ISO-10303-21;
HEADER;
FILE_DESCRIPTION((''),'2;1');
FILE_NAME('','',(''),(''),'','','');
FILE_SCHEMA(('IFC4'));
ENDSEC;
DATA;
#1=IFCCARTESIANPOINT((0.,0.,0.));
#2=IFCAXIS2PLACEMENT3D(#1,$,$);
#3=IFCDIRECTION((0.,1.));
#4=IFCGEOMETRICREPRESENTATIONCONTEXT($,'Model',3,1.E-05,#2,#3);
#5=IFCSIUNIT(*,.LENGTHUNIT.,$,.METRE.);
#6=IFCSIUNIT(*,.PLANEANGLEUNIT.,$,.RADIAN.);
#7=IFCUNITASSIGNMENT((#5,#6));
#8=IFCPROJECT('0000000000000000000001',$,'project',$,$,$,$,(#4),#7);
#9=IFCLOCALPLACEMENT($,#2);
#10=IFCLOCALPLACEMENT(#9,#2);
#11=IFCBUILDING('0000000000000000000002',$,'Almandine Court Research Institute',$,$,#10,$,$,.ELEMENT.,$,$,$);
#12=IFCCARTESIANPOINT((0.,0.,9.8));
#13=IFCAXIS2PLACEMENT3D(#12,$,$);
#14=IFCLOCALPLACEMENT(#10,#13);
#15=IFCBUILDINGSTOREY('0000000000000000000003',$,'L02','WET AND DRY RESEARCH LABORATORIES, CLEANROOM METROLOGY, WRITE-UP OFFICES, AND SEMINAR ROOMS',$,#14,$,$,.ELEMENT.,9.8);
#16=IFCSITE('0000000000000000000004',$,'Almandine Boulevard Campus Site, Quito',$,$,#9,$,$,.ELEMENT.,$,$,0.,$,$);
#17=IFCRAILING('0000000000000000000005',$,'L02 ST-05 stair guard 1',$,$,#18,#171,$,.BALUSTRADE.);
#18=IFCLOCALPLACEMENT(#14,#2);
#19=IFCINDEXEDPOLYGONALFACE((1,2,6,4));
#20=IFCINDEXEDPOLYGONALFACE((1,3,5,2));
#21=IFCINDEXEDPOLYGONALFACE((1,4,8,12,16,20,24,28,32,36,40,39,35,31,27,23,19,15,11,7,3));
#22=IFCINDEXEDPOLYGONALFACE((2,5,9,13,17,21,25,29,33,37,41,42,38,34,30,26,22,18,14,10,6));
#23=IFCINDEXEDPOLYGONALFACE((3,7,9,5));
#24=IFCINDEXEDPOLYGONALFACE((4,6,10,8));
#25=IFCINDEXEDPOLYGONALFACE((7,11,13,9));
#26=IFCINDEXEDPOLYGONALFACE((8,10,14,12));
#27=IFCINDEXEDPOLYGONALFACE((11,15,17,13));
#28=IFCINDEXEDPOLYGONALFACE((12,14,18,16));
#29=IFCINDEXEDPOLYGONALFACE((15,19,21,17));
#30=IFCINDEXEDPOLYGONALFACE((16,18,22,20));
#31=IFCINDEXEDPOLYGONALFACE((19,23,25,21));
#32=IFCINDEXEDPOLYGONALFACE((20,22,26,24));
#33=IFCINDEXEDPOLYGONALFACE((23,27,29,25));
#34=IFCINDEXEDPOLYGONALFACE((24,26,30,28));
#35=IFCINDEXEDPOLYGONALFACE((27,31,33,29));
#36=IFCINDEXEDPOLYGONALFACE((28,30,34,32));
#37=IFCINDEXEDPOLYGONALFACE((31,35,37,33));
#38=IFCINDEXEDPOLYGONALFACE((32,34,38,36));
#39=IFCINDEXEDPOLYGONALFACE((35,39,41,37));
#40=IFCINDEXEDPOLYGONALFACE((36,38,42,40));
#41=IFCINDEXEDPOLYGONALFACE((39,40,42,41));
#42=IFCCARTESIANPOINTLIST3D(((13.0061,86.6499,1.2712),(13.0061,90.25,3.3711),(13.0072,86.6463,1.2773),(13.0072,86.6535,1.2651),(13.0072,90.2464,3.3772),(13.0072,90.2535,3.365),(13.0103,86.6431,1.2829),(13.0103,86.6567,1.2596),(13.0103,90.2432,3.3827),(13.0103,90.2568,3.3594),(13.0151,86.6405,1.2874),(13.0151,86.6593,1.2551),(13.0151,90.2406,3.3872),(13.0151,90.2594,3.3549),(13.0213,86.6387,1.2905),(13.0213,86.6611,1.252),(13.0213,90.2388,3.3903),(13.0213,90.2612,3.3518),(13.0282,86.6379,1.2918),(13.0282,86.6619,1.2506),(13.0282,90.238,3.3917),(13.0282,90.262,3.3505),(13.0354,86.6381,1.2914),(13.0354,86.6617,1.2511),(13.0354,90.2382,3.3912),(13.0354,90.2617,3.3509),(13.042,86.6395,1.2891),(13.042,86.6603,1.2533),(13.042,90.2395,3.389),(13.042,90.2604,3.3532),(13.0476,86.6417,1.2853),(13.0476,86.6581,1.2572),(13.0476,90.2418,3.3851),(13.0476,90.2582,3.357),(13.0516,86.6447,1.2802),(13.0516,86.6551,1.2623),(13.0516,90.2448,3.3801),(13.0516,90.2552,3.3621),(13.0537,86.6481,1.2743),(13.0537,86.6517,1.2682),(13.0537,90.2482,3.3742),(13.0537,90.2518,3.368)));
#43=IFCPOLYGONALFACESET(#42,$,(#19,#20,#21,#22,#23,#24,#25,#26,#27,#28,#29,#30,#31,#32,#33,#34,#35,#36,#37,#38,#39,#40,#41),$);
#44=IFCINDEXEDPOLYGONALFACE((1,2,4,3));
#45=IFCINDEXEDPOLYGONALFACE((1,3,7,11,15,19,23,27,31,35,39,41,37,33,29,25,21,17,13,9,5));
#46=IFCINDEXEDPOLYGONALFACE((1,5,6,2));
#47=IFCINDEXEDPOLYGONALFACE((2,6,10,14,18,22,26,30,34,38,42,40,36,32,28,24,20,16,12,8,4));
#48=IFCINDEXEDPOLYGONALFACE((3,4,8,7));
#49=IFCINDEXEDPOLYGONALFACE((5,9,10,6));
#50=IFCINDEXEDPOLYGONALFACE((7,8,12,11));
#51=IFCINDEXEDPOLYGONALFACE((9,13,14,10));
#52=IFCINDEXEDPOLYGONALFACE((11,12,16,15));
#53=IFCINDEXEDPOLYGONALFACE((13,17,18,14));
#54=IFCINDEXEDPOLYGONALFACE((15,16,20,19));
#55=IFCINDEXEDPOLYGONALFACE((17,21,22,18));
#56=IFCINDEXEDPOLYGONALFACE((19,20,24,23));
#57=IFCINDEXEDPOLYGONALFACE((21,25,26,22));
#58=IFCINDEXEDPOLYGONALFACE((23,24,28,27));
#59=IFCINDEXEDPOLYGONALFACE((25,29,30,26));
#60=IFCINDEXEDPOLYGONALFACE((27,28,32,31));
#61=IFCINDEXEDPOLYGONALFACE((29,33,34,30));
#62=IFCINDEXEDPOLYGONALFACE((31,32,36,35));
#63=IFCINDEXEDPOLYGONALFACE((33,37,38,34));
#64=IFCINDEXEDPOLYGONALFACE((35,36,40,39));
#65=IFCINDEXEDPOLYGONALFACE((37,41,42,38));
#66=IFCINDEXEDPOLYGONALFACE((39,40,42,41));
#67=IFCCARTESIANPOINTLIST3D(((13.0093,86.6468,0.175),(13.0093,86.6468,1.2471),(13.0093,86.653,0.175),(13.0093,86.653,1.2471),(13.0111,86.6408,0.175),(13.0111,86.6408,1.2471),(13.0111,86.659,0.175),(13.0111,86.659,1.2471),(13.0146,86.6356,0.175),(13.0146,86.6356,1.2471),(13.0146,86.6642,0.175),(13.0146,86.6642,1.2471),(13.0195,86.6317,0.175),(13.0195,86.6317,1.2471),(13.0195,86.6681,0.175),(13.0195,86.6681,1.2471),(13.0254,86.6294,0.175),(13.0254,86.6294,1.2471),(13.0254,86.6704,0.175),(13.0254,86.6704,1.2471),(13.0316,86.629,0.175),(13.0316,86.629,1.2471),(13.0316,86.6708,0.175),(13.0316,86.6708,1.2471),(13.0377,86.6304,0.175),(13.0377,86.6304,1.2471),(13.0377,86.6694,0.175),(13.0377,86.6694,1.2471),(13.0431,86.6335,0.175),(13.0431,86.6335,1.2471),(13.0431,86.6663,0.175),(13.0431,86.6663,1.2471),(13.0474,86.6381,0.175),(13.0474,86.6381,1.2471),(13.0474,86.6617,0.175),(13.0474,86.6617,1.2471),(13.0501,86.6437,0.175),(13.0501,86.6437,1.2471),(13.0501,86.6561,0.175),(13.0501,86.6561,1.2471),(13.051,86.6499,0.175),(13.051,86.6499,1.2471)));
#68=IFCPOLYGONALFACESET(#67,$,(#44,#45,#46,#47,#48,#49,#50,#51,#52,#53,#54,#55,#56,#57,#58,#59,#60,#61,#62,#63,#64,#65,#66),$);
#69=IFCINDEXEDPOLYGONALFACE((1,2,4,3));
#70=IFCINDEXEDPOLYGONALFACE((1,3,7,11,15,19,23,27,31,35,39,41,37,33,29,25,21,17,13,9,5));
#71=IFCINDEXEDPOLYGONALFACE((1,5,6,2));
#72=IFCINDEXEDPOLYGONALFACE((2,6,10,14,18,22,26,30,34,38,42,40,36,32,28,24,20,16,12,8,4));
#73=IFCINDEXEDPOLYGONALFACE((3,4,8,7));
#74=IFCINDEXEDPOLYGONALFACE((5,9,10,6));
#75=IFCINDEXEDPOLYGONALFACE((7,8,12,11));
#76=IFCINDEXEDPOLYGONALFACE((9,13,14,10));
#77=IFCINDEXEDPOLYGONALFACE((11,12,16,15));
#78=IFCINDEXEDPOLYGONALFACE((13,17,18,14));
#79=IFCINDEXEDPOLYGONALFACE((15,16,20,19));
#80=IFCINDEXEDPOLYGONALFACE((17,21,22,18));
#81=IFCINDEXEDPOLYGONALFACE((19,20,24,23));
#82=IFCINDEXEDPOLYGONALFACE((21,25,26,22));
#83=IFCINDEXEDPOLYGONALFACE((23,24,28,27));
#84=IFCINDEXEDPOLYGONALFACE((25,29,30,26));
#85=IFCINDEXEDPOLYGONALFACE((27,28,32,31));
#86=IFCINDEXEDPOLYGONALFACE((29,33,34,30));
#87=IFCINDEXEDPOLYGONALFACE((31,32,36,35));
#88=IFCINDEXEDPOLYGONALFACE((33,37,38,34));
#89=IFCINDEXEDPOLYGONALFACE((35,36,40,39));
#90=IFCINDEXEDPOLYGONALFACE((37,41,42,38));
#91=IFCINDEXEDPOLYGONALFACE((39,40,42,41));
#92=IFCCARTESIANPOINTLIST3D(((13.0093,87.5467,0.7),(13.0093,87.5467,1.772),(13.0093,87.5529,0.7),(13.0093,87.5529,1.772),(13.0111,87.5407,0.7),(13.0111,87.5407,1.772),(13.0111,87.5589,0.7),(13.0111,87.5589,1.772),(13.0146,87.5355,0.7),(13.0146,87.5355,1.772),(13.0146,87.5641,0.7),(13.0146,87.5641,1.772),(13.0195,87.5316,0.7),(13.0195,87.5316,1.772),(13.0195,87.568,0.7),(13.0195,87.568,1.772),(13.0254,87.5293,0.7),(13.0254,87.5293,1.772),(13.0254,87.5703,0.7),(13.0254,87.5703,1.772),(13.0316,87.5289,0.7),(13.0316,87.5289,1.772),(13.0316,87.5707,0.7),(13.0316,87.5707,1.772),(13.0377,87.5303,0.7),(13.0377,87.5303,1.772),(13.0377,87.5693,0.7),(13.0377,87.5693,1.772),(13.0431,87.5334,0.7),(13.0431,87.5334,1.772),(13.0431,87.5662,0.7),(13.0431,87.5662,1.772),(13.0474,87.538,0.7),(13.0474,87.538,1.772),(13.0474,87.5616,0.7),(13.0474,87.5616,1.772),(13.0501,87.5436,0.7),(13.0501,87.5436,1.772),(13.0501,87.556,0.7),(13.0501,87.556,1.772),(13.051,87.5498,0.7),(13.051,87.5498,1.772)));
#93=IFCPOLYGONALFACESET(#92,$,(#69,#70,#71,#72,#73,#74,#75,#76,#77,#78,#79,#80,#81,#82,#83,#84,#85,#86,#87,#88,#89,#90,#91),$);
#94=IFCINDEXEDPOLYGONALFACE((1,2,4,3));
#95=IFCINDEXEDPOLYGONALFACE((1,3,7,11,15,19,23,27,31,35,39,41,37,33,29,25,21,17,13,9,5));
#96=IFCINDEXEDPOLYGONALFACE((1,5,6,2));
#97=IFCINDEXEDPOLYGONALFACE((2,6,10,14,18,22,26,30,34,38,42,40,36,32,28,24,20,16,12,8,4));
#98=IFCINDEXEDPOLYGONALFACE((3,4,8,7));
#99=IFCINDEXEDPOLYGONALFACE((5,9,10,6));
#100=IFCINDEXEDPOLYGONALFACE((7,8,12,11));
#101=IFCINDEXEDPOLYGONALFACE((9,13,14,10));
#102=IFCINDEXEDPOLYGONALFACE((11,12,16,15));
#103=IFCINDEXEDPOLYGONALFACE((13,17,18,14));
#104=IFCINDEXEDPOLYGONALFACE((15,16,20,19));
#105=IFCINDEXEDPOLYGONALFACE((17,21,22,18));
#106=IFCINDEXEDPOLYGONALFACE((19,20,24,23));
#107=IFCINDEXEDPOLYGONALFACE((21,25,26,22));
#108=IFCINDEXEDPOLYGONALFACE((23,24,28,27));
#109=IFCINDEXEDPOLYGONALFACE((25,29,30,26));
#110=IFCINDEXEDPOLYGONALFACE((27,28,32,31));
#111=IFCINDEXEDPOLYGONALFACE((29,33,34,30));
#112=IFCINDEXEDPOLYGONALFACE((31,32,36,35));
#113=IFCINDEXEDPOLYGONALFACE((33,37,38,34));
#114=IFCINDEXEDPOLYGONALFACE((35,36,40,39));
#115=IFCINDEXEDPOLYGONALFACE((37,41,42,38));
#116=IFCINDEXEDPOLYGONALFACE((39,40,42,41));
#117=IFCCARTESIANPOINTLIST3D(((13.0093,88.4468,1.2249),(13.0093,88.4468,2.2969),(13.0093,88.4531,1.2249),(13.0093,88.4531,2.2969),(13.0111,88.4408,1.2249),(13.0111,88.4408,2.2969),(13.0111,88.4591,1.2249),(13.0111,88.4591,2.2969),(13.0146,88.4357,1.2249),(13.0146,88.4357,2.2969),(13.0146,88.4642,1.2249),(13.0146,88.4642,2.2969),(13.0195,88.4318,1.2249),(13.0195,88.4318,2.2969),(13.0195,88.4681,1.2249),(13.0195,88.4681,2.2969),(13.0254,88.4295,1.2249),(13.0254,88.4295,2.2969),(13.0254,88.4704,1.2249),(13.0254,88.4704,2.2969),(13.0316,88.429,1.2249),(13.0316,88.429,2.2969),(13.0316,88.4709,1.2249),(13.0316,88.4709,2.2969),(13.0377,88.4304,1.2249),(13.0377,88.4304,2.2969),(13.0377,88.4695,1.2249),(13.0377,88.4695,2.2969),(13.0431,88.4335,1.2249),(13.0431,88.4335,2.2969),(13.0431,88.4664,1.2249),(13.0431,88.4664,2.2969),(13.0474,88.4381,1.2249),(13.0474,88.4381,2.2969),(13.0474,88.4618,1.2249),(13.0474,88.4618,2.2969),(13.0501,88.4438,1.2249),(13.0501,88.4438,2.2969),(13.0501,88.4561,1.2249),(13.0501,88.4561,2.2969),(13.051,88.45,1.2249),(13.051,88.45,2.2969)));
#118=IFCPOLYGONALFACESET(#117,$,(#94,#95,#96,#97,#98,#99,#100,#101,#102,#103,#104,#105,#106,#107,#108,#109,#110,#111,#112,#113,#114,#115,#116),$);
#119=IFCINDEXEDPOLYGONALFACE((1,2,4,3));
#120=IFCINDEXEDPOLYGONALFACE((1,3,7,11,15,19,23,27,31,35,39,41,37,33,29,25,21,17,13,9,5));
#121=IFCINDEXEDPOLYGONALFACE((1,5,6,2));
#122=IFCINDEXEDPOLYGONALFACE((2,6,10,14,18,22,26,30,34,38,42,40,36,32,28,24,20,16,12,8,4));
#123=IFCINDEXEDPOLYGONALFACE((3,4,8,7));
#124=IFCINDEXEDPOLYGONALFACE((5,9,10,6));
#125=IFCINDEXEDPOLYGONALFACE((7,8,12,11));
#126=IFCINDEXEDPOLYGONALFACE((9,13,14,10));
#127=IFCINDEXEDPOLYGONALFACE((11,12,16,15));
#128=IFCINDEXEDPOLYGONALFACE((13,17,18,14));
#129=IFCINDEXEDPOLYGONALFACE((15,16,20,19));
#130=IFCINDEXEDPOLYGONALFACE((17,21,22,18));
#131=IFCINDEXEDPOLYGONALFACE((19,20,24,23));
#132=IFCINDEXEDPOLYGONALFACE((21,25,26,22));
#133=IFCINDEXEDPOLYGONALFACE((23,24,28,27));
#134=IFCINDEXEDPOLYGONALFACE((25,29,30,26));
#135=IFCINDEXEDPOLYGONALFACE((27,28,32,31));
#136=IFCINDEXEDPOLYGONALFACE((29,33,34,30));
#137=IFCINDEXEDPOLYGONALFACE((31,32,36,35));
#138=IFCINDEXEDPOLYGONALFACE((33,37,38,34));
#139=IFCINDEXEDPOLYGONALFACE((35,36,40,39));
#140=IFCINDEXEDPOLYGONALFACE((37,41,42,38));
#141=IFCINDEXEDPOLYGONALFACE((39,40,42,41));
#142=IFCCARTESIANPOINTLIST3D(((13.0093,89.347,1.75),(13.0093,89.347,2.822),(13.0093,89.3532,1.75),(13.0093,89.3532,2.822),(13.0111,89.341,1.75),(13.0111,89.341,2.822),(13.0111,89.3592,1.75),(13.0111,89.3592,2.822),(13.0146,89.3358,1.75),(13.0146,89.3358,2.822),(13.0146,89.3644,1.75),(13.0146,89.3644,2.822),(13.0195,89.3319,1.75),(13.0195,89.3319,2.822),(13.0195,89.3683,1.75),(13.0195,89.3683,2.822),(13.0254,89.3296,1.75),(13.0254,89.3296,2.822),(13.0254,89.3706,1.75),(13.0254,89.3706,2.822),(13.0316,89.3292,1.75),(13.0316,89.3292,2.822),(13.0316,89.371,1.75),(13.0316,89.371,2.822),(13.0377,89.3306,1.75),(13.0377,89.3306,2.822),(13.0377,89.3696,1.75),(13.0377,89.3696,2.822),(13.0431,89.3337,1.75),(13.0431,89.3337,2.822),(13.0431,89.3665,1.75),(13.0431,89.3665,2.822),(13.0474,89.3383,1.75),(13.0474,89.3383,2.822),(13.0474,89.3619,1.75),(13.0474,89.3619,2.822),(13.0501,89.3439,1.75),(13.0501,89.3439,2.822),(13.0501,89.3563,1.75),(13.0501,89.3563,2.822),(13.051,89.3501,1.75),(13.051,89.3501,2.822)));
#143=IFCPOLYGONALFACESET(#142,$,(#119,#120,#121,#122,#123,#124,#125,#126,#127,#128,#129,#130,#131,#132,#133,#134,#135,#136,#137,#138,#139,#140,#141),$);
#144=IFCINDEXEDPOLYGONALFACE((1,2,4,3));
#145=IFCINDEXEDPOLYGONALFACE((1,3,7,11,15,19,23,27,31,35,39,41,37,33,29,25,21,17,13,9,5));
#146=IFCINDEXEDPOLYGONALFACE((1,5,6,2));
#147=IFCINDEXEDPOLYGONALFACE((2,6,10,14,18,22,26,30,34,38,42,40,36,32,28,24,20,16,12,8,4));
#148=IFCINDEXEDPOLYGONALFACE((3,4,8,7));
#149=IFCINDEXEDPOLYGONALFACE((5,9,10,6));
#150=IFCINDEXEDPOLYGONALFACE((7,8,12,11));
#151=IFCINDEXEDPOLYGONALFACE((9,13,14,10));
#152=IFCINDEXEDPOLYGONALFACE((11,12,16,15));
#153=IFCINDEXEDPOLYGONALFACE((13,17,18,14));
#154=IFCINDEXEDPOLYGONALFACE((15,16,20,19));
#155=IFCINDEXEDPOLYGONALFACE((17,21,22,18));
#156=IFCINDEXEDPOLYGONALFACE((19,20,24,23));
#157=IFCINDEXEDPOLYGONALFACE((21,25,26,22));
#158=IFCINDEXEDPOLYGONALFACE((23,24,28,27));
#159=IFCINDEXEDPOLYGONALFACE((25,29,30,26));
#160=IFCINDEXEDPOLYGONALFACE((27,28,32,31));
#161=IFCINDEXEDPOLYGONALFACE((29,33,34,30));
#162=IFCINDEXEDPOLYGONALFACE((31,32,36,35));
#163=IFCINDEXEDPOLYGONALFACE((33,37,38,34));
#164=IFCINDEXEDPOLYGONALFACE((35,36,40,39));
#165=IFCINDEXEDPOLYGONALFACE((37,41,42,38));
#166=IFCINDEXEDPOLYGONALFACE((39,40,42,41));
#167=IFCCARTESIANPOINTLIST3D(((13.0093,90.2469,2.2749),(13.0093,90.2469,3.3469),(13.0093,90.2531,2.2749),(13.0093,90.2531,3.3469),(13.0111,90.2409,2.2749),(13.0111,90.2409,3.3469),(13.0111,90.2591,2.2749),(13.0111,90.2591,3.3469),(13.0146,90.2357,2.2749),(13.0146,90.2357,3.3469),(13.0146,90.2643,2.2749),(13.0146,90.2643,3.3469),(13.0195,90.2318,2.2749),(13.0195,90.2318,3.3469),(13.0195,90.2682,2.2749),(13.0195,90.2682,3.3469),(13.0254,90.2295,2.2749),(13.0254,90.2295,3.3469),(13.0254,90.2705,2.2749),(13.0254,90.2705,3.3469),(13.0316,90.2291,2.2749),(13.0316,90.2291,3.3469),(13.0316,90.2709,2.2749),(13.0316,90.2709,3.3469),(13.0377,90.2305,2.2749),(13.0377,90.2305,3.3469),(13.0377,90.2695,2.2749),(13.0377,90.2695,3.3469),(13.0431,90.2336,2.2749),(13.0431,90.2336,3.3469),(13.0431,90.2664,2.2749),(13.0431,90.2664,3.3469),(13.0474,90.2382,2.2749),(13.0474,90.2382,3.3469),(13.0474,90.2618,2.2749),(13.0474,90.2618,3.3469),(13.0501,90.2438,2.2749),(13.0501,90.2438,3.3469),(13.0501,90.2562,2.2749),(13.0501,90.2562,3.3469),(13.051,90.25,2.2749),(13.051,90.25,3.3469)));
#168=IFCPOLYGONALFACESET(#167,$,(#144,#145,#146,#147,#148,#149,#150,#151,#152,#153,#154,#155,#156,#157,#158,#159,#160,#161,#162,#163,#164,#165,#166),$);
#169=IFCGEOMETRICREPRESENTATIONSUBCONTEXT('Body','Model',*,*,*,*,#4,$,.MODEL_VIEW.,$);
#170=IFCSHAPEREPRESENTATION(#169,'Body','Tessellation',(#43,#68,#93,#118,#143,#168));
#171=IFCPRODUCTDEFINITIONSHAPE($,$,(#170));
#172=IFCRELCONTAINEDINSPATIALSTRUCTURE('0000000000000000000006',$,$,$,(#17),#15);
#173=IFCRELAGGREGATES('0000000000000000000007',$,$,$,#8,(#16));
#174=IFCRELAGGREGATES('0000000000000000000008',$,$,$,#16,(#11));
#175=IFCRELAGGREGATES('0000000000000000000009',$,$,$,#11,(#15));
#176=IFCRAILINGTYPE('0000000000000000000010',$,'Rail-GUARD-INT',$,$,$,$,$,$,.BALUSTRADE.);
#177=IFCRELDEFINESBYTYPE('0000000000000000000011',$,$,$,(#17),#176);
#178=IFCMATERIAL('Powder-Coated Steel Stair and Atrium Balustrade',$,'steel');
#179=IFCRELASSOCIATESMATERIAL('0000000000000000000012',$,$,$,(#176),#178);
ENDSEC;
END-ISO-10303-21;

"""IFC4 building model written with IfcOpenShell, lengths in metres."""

from ifc_helpers import new_model, si_unit, direction, frame, origin, origin_2d, place, context, subcontext, project, spatial, circle, extrude, material, type_object, element, save


model = new_model("IFC4")

# Units and contexts
model_context = context("Model", 3, precision=1e-05, world=origin(), true_north=direction((0.0, 1.0)))
body_context = subcontext(model_context, "Body", "Model", "MODEL_VIEW")
ifc_project = project(units=[si_unit("LENGTHUNIT", "METRE"), si_unit("PLANEANGLEUNIT", "RADIAN")], contexts=[model_context])

# Site, building, storey
site_placement = place(None, origin())
site = spatial("IfcSite", under=ifc_project, at=site_placement, Name="Almandine Boulevard Campus Site, Quito", CompositionType="ELEMENT", RefElevation=0.0)
building_placement = place(site_placement, origin())
building = spatial("IfcBuilding", under=site, at=building_placement, Name="Almandine Court Research Institute", CompositionType="ELEMENT")
storey_placement = place(building_placement, frame((0.0, 0.0, 9.8)))
storey = spatial("IfcBuildingStorey", under=building, at=storey_placement, Name="L02", Description="WET AND DRY RESEARCH LABORATORIES, CLEANROOM METROLOGY, WRITE-UP OFFICES, AND SEMINAR ROOMS", CompositionType="ELEMENT", Elevation=9.8)

# Railing
ifc_material_1 = material(Name="Powder-Coated Steel Stair and Atrium Balustrade", Category="steel")
railing_type_1 = type_object("IfcRailingType", Name="Rail-GUARD-INT", PredefinedType="BALUSTRADE", material=ifc_material_1)
railing_1_placement = place(storey_placement, frame((13.03, 86.6499, 0.175)))
element("IfcRailing", 1, at=railing_1_placement, inside=storey, type_object=railing_type_1, Name="L02 ST-05 stair guard 1", PredefinedType="BALUSTRADE", context=body_context, shape_type="SweptSolid", body=[
    extrude(circle(Radius=0.0239, at=origin_2d()), frame((0.0, 0.0, 1.0962), z_axis=(0.0, 0.8638, 0.503835), x_axis=(-1.0, 0.0, 0.0)), (0.0, 0.0, 1.0), 4.1677),
    extrude(circle(Radius=0.021, at=origin_2d()), origin(), (0.0, 0.0, 1.0), 1.072),
    extrude(circle(Radius=0.021, at=origin_2d()), frame((0.0, 0.8999, 0.5249)), (0.0, 0.0, 1.0), 1.072),
    extrude(circle(Radius=0.021, at=origin_2d()), frame((0.0, 1.8, 1.0498)), (0.0, 0.0, 1.0), 1.072),
    extrude(circle(Radius=0.021, at=origin_2d()), frame((0.0, 2.7002, 1.575)), (0.0, 0.0, 1.0), 1.072),
    extrude(circle(Radius=0.021, at=origin_2d()), frame((0.0, 3.6001, 2.0999)), (0.0, 0.0, 1.0), 1.072),
])

save(model, "model.ifc")
